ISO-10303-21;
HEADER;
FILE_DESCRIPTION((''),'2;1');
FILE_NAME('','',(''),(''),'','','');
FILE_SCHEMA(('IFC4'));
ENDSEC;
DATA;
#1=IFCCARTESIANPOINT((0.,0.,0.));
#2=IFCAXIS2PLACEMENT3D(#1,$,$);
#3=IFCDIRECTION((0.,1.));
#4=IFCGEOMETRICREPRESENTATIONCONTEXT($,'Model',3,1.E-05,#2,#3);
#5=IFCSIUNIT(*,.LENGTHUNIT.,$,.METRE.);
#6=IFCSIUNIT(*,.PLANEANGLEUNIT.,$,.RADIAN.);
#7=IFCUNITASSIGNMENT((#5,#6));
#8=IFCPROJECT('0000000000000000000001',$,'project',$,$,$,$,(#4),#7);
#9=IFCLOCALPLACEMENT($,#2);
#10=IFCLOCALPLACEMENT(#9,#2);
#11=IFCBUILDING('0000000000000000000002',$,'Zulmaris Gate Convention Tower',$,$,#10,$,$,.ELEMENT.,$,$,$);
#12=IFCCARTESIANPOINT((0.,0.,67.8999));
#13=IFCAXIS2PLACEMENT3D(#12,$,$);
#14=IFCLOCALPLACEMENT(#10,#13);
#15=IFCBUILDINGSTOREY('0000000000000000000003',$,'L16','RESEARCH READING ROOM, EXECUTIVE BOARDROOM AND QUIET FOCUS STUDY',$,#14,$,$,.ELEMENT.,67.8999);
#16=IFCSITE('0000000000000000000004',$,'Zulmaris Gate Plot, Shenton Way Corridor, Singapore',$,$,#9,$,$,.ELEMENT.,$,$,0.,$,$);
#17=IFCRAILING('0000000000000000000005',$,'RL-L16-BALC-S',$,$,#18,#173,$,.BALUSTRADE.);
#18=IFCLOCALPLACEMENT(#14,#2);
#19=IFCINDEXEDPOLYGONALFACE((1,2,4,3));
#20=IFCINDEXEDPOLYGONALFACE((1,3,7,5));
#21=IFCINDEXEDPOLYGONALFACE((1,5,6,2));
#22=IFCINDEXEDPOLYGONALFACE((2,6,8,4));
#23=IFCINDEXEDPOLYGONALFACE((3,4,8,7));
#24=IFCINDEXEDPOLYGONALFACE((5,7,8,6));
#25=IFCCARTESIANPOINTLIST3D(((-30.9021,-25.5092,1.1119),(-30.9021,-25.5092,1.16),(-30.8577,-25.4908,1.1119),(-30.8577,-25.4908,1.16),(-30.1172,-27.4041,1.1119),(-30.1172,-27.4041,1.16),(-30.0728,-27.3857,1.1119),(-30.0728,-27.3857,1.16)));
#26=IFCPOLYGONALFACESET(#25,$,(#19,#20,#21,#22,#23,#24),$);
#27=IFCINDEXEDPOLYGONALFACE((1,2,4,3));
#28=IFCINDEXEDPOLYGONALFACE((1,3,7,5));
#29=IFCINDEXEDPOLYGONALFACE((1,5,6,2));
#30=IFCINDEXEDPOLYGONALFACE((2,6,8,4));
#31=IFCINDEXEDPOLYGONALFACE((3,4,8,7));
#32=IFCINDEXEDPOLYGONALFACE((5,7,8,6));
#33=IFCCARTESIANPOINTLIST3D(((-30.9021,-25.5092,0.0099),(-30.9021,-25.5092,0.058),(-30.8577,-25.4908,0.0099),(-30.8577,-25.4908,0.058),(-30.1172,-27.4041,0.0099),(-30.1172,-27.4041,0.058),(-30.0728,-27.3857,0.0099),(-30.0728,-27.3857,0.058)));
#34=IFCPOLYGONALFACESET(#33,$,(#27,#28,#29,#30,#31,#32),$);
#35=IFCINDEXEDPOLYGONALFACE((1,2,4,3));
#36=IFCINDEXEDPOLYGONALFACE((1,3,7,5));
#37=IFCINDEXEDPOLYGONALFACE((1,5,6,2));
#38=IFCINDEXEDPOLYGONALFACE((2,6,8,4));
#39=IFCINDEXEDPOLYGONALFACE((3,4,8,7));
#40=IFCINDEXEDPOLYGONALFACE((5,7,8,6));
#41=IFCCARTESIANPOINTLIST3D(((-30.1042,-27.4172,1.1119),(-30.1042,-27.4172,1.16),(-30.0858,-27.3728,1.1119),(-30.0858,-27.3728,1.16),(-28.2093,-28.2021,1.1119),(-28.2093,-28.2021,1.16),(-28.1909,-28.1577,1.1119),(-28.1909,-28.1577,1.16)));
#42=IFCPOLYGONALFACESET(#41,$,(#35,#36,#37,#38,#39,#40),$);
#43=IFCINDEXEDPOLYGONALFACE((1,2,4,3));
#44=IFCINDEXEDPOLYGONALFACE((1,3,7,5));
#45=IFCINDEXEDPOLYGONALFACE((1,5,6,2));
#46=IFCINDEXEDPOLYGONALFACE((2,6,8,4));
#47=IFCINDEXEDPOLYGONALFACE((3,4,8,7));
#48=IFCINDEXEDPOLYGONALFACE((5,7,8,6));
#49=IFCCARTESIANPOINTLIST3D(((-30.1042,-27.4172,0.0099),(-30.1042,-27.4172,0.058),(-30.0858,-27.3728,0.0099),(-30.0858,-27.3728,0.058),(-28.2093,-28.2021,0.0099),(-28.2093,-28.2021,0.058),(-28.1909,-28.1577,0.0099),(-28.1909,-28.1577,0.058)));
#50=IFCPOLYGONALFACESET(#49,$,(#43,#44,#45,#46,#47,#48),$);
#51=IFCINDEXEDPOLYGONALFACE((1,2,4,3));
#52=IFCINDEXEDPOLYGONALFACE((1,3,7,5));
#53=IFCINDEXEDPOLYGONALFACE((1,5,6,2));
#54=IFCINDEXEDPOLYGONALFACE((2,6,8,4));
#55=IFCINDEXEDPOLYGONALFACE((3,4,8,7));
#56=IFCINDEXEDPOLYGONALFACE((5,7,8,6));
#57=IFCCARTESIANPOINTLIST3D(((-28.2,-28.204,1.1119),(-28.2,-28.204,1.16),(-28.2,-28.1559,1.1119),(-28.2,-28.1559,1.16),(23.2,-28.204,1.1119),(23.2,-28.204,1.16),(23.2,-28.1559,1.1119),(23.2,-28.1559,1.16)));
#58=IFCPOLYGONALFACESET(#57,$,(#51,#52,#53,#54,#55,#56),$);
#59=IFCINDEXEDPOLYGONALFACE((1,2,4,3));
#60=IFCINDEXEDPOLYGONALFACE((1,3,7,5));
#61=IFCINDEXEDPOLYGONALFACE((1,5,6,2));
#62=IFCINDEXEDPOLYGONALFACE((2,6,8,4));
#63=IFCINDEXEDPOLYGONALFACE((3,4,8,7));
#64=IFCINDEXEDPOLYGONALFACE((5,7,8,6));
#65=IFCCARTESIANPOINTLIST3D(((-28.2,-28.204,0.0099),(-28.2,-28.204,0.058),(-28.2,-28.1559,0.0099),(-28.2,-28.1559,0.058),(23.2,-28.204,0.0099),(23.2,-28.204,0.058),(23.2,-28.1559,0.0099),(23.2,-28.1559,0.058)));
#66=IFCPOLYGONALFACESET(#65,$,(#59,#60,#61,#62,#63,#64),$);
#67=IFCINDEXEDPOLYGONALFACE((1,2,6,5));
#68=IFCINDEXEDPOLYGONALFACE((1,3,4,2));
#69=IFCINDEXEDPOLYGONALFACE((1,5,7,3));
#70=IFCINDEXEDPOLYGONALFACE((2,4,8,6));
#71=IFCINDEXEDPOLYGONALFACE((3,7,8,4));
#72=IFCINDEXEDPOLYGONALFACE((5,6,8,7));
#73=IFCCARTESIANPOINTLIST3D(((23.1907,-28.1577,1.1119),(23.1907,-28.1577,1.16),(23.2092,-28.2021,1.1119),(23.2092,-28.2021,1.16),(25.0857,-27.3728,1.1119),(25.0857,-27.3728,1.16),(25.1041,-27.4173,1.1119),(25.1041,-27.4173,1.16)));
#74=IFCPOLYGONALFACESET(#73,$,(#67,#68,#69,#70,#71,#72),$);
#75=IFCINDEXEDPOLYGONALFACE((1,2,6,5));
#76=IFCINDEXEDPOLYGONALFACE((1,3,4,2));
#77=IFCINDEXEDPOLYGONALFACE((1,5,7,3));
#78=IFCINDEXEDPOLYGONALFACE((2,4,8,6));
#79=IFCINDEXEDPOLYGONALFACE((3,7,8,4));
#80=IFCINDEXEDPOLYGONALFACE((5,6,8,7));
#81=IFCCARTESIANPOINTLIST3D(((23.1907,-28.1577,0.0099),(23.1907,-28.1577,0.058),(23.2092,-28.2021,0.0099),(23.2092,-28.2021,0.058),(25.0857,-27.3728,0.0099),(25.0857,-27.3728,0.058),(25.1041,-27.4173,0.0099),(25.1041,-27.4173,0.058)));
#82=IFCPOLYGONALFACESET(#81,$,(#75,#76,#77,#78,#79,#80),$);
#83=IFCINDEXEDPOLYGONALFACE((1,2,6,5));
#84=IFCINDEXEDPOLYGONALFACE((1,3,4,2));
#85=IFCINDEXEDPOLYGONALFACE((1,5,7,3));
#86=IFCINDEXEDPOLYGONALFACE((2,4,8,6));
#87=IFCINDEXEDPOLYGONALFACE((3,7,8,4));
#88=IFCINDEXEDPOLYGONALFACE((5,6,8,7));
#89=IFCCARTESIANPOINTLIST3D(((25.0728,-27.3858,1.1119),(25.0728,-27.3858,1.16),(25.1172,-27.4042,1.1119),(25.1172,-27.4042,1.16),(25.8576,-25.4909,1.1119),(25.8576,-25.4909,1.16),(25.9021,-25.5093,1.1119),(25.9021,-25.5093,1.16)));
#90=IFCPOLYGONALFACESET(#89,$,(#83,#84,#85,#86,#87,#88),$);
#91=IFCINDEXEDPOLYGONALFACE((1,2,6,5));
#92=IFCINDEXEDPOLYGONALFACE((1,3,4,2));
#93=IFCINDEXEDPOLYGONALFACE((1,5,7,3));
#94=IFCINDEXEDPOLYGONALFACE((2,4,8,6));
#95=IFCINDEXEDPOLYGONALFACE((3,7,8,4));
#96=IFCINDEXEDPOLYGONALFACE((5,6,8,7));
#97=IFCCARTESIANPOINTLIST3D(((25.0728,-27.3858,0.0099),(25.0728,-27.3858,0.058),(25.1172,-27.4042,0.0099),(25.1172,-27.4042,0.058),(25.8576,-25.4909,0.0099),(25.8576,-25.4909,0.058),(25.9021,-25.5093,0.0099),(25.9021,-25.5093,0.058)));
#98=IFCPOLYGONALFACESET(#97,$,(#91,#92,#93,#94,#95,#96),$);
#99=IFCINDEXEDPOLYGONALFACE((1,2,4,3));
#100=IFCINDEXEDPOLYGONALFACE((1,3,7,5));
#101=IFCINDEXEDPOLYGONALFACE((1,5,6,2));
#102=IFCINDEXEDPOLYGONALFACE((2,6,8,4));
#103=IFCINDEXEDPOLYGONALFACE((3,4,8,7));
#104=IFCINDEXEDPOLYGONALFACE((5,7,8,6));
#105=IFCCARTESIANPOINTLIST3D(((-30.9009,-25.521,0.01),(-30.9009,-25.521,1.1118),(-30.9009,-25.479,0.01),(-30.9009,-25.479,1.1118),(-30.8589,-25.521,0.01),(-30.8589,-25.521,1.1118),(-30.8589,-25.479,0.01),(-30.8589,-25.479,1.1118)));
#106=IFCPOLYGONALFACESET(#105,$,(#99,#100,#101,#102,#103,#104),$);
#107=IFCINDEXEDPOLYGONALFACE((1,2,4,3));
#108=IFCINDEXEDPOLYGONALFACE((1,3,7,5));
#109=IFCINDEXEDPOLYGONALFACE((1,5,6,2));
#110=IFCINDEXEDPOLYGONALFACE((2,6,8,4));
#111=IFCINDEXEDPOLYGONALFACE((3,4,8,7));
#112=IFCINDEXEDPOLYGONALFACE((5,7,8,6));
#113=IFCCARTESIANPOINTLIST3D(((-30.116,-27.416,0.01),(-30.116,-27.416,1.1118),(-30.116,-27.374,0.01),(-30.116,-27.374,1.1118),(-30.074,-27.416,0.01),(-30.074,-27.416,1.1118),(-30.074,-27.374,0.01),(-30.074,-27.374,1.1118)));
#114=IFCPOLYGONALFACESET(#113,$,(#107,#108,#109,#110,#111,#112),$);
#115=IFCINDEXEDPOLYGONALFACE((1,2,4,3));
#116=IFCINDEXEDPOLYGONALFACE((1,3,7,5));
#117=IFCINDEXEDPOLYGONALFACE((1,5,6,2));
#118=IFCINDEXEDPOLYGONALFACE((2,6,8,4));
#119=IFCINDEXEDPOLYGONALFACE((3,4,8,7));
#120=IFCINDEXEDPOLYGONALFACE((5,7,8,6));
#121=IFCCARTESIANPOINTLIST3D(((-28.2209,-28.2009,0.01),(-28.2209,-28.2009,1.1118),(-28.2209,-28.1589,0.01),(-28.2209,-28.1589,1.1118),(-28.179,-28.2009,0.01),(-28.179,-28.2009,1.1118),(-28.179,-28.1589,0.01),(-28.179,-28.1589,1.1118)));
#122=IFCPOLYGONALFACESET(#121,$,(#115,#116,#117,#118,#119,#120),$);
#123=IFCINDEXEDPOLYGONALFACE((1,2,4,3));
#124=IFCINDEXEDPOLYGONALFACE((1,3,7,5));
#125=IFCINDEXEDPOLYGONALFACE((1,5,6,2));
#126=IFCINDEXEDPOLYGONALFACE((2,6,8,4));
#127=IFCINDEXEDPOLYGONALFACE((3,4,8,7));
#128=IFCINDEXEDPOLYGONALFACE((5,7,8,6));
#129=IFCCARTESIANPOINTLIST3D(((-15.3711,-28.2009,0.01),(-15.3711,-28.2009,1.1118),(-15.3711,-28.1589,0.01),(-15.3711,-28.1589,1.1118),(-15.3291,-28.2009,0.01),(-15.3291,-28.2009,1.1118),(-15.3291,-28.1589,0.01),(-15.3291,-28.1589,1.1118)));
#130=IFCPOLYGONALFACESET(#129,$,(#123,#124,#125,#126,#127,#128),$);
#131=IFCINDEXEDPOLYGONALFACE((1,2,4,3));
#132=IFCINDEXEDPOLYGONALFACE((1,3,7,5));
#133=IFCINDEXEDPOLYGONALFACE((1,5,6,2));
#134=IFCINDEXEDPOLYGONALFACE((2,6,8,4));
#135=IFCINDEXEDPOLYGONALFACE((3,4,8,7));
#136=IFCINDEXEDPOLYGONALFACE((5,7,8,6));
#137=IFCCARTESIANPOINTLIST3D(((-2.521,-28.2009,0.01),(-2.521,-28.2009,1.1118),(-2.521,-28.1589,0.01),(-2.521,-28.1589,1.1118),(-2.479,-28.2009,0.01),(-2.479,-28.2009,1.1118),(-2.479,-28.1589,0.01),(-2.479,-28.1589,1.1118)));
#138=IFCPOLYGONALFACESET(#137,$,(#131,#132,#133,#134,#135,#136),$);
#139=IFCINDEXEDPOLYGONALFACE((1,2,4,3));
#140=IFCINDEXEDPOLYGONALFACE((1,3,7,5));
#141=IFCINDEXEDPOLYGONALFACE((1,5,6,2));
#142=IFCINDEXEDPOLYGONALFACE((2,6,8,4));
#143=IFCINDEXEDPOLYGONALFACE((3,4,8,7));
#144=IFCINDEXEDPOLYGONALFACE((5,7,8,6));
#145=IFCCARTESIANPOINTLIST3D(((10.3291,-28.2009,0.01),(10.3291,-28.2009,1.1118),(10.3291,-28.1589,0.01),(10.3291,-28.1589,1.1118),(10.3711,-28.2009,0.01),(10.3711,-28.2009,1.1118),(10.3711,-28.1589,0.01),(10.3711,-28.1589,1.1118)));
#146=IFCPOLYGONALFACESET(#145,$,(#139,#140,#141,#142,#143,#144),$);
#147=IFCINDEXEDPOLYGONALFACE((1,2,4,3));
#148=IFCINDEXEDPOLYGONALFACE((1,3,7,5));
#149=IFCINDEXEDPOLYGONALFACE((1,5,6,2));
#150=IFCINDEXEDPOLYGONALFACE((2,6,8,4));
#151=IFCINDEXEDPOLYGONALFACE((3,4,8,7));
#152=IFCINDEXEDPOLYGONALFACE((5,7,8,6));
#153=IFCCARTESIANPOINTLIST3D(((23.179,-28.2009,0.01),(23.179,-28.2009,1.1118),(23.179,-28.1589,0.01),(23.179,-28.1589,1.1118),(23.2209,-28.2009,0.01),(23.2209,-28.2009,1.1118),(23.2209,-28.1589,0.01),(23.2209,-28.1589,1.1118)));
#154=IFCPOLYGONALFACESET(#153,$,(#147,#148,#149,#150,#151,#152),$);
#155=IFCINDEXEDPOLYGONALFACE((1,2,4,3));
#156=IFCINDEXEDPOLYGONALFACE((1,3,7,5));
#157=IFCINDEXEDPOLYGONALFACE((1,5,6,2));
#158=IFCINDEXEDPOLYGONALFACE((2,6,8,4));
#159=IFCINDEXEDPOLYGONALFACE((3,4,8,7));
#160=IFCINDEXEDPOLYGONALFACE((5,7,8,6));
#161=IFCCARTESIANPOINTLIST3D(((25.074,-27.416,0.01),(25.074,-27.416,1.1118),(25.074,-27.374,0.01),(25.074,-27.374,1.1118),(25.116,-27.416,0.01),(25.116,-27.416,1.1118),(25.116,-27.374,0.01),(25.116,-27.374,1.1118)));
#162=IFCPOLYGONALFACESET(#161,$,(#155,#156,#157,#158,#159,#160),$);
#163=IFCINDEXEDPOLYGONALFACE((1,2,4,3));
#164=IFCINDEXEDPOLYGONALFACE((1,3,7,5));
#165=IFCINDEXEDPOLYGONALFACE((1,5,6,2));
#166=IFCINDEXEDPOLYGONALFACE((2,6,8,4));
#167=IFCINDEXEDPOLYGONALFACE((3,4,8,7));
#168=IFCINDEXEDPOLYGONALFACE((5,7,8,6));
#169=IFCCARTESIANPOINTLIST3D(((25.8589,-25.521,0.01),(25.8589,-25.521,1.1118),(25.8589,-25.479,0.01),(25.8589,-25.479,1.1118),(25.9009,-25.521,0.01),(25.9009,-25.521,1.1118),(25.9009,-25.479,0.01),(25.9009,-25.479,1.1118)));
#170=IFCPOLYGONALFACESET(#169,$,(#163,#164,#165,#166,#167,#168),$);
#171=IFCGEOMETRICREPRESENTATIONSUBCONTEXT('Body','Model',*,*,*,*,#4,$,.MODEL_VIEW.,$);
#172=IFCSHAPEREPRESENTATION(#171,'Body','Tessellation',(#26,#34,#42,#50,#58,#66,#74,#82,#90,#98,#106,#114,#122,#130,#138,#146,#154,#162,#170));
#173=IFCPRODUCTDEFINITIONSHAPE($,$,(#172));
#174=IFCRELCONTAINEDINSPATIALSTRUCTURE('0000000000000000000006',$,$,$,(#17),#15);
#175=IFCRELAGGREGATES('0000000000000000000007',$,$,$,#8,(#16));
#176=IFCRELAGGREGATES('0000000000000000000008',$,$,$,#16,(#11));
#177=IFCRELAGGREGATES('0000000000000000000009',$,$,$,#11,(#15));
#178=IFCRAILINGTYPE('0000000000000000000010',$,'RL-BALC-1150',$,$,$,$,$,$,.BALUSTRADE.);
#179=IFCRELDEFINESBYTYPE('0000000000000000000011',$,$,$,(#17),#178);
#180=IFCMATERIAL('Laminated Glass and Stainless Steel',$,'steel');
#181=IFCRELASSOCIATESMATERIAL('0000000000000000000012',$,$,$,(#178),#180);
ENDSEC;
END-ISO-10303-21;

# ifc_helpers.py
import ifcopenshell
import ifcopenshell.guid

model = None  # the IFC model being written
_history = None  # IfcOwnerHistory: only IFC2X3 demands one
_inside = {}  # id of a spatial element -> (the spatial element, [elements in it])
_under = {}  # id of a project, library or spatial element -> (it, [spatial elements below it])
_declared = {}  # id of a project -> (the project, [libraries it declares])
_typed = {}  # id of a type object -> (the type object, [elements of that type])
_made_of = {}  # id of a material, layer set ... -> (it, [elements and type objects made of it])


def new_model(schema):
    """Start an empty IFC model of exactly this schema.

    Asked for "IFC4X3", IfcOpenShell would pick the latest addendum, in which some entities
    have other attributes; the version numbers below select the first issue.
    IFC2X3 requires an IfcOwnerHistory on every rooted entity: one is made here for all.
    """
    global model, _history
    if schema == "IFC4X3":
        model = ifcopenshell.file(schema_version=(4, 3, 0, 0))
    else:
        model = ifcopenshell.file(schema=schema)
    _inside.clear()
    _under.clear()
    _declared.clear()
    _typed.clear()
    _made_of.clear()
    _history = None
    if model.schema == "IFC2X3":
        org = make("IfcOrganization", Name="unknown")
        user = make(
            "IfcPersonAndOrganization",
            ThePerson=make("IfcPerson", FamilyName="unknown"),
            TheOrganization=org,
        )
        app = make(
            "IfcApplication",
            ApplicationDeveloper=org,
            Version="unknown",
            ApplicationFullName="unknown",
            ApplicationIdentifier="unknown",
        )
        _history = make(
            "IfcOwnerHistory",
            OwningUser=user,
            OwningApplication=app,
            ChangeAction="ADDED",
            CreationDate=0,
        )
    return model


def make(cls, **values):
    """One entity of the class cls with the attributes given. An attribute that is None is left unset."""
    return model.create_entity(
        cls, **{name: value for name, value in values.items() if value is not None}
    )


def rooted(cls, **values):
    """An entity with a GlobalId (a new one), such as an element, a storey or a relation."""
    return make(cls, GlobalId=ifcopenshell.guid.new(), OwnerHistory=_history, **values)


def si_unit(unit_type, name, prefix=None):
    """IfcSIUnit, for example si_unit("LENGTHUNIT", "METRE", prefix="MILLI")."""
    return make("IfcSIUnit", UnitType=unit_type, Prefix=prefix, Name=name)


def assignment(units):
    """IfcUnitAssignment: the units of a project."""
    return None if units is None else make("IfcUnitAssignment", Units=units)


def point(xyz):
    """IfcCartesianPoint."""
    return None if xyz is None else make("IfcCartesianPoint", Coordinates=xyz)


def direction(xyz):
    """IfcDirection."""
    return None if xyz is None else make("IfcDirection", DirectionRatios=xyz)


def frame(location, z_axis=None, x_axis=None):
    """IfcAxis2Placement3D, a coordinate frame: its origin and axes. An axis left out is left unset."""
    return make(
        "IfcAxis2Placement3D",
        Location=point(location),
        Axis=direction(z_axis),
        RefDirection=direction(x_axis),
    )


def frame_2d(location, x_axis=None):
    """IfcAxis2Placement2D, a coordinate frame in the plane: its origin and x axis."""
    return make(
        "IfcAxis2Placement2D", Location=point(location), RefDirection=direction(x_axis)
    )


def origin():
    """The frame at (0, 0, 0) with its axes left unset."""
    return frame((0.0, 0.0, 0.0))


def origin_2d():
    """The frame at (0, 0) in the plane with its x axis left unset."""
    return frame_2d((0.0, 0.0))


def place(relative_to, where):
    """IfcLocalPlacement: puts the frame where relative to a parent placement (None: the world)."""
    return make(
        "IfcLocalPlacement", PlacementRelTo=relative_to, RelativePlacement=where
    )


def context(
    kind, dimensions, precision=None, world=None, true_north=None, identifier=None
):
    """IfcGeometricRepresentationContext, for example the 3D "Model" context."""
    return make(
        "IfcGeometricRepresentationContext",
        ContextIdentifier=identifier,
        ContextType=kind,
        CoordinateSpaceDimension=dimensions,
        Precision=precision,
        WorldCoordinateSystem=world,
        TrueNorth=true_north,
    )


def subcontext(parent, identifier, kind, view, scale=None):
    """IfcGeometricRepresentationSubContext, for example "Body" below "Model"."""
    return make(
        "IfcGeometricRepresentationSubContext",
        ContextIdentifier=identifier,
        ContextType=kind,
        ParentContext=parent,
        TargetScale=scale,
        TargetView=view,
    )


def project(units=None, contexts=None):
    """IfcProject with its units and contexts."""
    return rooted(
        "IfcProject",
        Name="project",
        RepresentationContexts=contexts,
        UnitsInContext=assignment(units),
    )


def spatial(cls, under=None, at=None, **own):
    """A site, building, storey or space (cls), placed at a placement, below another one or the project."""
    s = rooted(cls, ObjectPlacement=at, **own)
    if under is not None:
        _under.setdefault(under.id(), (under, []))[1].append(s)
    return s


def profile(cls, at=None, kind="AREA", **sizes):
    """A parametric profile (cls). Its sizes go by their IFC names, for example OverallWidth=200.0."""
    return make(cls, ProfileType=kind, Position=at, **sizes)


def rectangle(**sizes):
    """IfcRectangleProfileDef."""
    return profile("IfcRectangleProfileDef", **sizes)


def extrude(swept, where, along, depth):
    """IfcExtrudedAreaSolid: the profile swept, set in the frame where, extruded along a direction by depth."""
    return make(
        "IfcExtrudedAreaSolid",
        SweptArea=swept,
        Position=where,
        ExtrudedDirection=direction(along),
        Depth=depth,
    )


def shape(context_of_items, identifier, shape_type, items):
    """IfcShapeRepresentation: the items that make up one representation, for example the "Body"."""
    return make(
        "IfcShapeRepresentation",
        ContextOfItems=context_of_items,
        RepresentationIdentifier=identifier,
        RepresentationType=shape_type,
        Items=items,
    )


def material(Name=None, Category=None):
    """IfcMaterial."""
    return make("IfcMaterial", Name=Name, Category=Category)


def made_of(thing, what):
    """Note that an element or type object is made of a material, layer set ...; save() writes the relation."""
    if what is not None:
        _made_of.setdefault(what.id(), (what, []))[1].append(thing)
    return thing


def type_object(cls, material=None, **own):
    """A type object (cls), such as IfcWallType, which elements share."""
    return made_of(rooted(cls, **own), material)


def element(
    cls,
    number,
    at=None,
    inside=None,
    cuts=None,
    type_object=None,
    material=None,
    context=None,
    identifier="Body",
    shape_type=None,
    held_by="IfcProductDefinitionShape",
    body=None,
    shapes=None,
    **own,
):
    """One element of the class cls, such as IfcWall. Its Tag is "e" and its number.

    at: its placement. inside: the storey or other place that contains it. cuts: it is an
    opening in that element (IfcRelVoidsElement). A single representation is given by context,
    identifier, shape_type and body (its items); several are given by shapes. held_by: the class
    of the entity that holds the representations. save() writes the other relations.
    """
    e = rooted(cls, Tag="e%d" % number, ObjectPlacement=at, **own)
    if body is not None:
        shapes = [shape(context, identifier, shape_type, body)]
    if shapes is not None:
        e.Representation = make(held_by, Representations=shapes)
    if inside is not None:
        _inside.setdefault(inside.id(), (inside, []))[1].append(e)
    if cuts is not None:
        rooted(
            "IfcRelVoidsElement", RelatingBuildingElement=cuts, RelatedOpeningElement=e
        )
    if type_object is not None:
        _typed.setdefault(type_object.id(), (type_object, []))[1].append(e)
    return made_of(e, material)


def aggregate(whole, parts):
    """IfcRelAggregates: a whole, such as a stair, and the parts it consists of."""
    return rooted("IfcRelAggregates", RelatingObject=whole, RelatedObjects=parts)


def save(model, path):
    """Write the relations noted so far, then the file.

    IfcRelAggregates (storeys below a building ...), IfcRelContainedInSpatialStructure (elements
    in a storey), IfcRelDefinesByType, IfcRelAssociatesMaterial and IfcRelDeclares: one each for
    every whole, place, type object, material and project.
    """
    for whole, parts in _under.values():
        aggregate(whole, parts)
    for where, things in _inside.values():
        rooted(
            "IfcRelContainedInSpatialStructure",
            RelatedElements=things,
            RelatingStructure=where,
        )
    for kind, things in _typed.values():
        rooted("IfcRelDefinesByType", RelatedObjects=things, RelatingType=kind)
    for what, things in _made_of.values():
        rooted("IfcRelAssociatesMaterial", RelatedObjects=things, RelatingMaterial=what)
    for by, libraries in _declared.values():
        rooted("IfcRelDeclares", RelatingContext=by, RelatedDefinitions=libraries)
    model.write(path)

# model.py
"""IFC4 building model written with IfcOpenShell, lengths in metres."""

from ifc_helpers import new_model, si_unit, direction, frame, origin, origin_2d, place, context, subcontext, project, spatial, rectangle, extrude, material, type_object, element, save


model = new_model("IFC4")

# Units and contexts
model_context = context("Model", 3, precision=1e-05, world=origin(), true_north=direction((0.0, 1.0)))
body_context = subcontext(model_context, "Body", "Model", "MODEL_VIEW")
ifc_project = project(units=[si_unit("LENGTHUNIT", "METRE"), si_unit("PLANEANGLEUNIT", "RADIAN")], contexts=[model_context])

# Site, building, storey
site_placement = place(None, origin())
site = spatial("IfcSite", under=ifc_project, at=site_placement, Name="Zulmaris Gate Plot, Shenton Way Corridor, Singapore", CompositionType="ELEMENT", RefElevation=0.0)
building_placement = place(site_placement, origin())
building = spatial("IfcBuilding", under=site, at=building_placement, Name="Zulmaris Gate Convention Tower", CompositionType="ELEMENT")
storey_placement = place(building_placement, frame((0.0, 0.0, 67.8999)))
storey = spatial("IfcBuildingStorey", under=building, at=storey_placement, Name="L16", Description="RESEARCH READING ROOM, EXECUTIVE BOARDROOM AND QUIET FOCUS STUDY", CompositionType="ELEMENT", Elevation=67.8999)

# Railing
ifc_material_1 = material(Name="Laminated Glass and Stainless Steel", Category="steel")
railing_type = type_object("IfcRailingType", Name="RL-BALC-1150", PredefinedType="BALUSTRADE", material=ifc_material_1)
railing_placement = place(storey_placement, frame((-30.8799, -25.5, 0.01)))
element("IfcRailing", 1, at=railing_placement, inside=storey, type_object=railing_type, Name="RL-L16-BALC-S", PredefinedType="BALUSTRADE", context=body_context, shape_type="SweptSolid", body=[
    extrude(rectangle(XDim=0.0481, YDim=0.0481, at=origin_2d()), frame((0.0, 0.0, 1.126), z_axis=(0.382671, -0.923885, 0.0), x_axis=(0.923885, 0.382671, 0.0)), (0.0, 0.0, 1.0), 2.051),
    extrude(rectangle(XDim=0.0481, YDim=0.0481, at=origin_2d()), frame((0.0, 0.0, 0.0239), z_axis=(0.382671, -0.923885, 0.0), x_axis=(0.923885, 0.382671, 0.0)), (0.0, 0.0, 1.0), 2.051),
    extrude(rectangle(XDim=0.0481, YDim=0.0481, at=origin_2d()), frame((0.7849, -1.895, 1.126), z_axis=(0.923885, -0.382671, 0.0), x_axis=(0.382671, 0.923885, 0.0)), (0.0, 0.0, 1.0), 2.051),
    extrude(rectangle(XDim=0.0481, YDim=0.0481, at=origin_2d()), frame((0.7849, -1.895, 0.0239), z_axis=(0.923885, -0.382671, 0.0), x_axis=(0.382671, 0.923885, 0.0)), (0.0, 0.0, 1.0), 2.051),
    extrude(rectangle(XDim=0.0481, YDim=0.0481, at=origin_2d()), frame((2.6799, -2.6799, 1.126), z_axis=(1.0, 0.0, 0.0), x_axis=(0.0, 1.0, 0.0)), (0.0, 0.0, 1.0), 51.3999),
    extrude(rectangle(XDim=0.0481, YDim=0.0481, at=origin_2d()), frame((2.6799, -2.6799, 0.0239), z_axis=(1.0, 0.0, 0.0), x_axis=(0.0, 1.0, 0.0)), (0.0, 0.0, 1.0), 51.3999),
    extrude(rectangle(XDim=0.0481, YDim=0.0481, at=origin_2d()), frame((54.0798, -2.6799, 1.126), z_axis=(0.923885, 0.382671, 0.0), x_axis=(-0.382671, 0.923885, 0.0)), (0.0, 0.0, 1.0), 2.051),
    extrude(rectangle(XDim=0.0481, YDim=0.0481, at=origin_2d()), frame((54.0798, -2.6799, 0.0239), z_axis=(0.923885, 0.382671, 0.0), x_axis=(-0.382671, 0.923885, 0.0)), (0.0, 0.0, 1.0), 2.051),
    extrude(rectangle(XDim=0.0481, YDim=0.0481, at=origin_2d()), frame((55.9749, -1.895, 1.126), z_axis=(0.382671, 0.923885, 0.0), x_axis=(-0.923885, 0.382671, 0.0)), (0.0, 0.0, 1.0), 2.051),
    extrude(rectangle(XDim=0.0481, YDim=0.0481, at=origin_2d()), frame((55.9749, -1.895, 0.0239), z_axis=(0.382671, 0.923885, 0.0), x_axis=(-0.923885, 0.382671, 0.0)), (0.0, 0.0, 1.0), 2.051),
    extrude(rectangle(XDim=0.042, YDim=0.042, at=origin_2d()), origin(), (0.0, 0.0, 1.0), 1.1018),
    extrude(rectangle(XDim=0.042, YDim=0.042, at=origin_2d()), frame((0.7849, -1.895, 0.0)), (0.0, 0.0, 1.0), 1.1018),
    extrude(rectangle(XDim=0.042, YDim=0.042, at=origin_2d()), frame((2.6799, -2.6799, 0.0)), (0.0, 0.0, 1.0), 1.1018),
    extrude(rectangle(XDim=0.042, YDim=0.042, at=origin_2d()), frame((15.5298, -2.6799, 0.0)), (0.0, 0.0, 1.0), 1.1018),
    extrude(rectangle(XDim=0.042, YDim=0.042, at=origin_2d()), frame((28.3799, -2.6799, 0.0)), (0.0, 0.0, 1.0), 1.1018),
    extrude(rectangle(XDim=0.042, YDim=0.042, at=origin_2d()), frame((41.23, -2.6799, 0.0)), (0.0, 0.0, 1.0), 1.1018),
    extrude(rectangle(XDim=0.042, YDim=0.042, at=origin_2d()), frame((54.0798, -2.6799, 0.0)), (0.0, 0.0, 1.0), 1.1018),
    extrude(rectangle(XDim=0.042, YDim=0.042, at=origin_2d()), frame((55.9749, -1.895, 0.0)), (0.0, 0.0, 1.0), 1.1018),
    extrude(rectangle(XDim=0.042, YDim=0.042, at=origin_2d()), frame((56.7598, 0.0, 0.0)), (0.0, 0.0, 1.0), 1.1018),
])

save(model, "model.ifc")
